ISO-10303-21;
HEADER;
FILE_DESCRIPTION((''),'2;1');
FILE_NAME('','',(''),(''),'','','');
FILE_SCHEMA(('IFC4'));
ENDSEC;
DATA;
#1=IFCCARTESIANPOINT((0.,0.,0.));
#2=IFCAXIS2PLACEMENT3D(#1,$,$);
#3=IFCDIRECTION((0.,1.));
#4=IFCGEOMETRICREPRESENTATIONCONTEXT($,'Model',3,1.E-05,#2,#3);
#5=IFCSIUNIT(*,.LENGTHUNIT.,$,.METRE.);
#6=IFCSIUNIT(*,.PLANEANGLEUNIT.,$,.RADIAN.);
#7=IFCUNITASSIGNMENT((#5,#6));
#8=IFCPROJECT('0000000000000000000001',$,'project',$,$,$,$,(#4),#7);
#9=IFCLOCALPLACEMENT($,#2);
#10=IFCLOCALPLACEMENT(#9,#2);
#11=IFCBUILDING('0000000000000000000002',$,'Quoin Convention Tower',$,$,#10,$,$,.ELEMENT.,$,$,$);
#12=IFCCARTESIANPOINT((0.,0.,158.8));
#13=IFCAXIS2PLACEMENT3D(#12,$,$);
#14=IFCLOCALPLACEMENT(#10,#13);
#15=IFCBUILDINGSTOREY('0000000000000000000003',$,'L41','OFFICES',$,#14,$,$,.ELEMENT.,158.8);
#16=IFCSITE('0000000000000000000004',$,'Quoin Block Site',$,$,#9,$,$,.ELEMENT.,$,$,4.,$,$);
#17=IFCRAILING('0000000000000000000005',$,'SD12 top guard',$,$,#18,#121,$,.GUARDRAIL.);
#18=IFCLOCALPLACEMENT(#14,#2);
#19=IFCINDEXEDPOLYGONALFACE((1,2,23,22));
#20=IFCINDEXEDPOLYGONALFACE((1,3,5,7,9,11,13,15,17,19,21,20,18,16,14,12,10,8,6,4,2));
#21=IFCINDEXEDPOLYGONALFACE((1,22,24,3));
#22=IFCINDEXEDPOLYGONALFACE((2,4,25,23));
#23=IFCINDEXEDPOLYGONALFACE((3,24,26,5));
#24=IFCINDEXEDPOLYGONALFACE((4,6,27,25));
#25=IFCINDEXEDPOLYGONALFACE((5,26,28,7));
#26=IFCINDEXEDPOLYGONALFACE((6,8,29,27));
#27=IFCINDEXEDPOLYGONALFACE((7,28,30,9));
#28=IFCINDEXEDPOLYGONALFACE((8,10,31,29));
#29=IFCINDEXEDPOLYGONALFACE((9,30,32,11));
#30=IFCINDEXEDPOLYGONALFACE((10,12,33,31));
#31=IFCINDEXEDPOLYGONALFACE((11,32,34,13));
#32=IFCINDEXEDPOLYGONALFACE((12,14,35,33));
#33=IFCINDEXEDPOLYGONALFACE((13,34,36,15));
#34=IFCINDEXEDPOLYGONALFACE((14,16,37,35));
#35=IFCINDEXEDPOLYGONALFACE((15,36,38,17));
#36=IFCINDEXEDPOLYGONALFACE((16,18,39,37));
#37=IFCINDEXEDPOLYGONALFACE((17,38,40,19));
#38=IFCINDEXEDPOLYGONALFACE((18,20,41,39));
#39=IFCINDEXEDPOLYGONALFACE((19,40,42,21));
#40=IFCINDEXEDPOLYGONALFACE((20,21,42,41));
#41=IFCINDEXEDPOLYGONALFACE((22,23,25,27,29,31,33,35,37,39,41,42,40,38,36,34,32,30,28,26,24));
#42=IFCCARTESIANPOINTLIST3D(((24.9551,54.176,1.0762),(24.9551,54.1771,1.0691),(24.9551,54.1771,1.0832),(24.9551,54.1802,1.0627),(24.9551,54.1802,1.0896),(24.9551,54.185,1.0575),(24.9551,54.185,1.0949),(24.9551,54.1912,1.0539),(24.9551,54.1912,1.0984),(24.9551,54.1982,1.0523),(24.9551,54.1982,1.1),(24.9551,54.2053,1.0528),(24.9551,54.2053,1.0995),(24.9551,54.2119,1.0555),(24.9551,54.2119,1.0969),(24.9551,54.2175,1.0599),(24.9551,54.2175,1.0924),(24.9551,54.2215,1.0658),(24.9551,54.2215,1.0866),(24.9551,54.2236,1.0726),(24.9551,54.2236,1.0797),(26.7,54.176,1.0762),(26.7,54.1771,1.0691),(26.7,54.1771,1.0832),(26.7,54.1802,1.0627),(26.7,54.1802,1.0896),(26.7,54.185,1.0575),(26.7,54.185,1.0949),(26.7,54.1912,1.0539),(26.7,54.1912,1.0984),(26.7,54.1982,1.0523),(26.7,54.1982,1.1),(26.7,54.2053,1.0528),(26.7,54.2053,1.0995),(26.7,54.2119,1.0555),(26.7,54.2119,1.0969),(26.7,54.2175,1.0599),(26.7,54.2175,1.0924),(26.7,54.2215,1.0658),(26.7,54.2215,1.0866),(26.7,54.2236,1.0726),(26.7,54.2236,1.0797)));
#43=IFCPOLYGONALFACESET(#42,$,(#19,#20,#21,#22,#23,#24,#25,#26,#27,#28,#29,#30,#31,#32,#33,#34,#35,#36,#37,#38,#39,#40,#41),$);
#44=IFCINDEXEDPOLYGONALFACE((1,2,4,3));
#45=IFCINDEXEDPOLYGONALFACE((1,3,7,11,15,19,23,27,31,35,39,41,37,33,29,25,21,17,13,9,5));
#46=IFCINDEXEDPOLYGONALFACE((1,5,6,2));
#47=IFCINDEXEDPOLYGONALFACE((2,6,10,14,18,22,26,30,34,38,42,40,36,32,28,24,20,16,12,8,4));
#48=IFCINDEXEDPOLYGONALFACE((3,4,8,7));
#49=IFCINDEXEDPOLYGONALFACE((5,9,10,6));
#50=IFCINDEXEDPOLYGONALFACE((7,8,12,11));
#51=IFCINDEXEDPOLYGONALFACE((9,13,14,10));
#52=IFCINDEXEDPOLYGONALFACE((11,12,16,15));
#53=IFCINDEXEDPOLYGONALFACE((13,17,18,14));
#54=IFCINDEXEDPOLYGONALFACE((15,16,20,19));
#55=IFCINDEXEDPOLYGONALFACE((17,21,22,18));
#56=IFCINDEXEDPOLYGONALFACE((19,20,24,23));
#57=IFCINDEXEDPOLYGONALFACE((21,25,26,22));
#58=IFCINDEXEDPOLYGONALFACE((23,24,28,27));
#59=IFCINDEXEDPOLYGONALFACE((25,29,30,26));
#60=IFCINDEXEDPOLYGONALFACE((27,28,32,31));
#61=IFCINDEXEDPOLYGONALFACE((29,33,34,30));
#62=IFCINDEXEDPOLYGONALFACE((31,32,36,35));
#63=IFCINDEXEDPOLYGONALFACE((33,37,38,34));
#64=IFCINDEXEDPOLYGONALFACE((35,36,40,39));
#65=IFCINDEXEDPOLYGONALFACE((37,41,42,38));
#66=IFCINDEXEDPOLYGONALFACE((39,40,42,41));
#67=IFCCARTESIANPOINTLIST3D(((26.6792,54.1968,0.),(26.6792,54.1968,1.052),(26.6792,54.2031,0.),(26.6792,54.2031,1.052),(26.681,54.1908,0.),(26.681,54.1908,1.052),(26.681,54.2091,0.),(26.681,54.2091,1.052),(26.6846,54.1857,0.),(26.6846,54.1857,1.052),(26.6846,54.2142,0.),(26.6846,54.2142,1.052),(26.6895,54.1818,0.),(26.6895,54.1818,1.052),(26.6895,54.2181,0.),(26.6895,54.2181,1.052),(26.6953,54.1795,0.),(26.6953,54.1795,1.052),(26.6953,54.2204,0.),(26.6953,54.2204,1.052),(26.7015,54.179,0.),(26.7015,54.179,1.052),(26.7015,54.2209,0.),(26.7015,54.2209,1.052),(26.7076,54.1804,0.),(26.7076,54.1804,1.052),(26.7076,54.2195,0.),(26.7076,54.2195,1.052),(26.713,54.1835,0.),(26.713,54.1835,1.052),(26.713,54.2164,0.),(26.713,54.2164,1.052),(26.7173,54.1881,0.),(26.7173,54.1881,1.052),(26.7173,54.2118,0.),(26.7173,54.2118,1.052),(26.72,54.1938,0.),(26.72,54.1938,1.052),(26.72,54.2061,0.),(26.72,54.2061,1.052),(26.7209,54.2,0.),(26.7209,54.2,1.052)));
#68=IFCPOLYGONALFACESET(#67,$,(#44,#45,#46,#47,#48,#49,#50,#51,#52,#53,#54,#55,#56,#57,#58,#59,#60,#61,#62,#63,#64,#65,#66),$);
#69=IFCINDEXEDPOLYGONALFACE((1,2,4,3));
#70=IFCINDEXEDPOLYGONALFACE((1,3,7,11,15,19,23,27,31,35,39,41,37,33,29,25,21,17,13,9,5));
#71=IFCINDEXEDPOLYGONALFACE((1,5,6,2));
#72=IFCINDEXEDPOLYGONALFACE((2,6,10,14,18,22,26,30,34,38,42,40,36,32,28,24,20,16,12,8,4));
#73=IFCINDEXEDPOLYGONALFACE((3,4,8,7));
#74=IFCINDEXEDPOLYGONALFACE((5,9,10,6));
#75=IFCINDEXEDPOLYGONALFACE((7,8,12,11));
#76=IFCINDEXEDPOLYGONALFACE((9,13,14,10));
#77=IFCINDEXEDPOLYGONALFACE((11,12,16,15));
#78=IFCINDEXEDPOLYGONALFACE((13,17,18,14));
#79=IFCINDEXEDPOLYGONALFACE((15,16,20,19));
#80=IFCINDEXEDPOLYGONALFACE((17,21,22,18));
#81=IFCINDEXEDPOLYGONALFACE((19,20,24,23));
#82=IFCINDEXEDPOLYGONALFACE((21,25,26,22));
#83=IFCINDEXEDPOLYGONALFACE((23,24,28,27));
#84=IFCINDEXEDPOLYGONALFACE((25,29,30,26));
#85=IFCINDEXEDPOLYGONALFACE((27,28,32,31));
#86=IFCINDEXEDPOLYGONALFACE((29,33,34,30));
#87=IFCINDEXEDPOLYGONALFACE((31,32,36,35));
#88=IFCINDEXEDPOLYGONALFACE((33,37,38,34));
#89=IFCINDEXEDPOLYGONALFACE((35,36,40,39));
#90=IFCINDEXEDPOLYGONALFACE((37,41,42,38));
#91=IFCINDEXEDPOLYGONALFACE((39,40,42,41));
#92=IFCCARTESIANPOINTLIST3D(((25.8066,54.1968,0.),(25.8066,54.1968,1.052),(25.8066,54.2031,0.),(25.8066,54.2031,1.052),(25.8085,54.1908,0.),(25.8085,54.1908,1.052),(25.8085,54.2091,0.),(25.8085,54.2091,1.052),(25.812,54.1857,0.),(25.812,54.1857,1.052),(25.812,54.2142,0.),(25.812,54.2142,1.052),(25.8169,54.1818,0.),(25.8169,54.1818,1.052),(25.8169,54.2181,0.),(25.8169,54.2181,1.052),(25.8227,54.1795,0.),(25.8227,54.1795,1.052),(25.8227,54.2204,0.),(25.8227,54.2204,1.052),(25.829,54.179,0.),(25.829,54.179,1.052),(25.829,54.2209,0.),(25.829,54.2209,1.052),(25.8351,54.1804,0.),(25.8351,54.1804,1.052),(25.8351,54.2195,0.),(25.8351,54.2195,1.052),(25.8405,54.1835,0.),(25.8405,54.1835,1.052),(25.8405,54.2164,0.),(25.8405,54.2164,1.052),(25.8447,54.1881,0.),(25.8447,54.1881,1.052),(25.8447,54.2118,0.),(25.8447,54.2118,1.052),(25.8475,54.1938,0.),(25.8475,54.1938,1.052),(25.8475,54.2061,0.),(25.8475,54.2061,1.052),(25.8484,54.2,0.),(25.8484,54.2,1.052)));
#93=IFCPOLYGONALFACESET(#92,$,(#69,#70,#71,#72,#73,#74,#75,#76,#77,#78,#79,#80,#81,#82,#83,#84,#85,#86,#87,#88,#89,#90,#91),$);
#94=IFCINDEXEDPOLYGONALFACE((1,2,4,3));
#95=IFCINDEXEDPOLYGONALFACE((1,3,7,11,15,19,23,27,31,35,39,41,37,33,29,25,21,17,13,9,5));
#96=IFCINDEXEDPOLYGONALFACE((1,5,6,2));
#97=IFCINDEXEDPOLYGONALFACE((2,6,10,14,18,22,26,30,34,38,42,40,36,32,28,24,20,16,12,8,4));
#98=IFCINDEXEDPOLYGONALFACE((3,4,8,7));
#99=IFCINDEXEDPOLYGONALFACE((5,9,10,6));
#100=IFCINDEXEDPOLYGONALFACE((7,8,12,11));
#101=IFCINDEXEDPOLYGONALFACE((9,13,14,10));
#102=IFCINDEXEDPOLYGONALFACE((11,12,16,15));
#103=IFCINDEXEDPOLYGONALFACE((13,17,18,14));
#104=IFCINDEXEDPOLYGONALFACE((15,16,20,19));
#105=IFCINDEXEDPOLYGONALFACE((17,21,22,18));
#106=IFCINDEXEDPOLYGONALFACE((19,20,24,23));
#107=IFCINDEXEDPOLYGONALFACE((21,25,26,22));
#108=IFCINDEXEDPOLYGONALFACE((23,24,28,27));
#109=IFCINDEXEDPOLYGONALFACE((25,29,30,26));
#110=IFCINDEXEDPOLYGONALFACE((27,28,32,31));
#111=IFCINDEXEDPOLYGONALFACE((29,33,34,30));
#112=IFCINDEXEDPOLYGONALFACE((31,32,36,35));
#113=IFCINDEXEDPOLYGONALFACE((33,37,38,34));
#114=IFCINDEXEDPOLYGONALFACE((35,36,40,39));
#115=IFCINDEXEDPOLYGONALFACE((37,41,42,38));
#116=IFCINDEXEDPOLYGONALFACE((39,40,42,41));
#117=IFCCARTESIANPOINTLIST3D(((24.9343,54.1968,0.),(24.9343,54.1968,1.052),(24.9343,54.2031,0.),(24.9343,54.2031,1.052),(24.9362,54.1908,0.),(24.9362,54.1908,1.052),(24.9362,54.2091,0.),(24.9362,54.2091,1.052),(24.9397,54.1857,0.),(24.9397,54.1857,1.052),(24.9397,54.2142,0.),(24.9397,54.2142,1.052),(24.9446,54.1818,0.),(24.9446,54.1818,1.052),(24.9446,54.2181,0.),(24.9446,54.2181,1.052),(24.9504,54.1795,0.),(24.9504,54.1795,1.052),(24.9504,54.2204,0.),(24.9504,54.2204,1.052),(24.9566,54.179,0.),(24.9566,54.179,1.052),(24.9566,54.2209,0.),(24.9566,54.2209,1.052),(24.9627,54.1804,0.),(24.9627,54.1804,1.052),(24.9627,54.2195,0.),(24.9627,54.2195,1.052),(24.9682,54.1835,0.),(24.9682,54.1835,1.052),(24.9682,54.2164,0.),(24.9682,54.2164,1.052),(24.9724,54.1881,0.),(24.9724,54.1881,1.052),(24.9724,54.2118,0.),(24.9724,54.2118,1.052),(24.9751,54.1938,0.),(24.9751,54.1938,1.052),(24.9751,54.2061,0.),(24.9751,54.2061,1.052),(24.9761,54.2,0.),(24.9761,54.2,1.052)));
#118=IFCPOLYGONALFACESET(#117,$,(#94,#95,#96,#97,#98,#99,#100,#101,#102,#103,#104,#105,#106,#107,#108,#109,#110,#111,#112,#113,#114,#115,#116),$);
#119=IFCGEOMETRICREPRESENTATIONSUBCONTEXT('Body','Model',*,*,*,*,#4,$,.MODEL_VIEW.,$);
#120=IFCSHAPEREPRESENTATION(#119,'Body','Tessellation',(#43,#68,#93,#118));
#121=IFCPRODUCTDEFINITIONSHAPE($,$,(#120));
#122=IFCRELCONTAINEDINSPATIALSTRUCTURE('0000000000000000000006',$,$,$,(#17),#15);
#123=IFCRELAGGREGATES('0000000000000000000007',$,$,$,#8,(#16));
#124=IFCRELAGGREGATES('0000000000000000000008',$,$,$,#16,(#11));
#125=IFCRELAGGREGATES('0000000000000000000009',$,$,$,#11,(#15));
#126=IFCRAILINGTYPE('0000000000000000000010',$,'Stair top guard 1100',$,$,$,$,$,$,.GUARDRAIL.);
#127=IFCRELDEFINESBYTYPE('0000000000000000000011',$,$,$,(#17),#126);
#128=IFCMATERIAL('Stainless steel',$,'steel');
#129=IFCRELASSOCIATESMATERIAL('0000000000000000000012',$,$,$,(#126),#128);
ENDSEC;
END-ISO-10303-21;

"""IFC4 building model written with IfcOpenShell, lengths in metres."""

from ifc_helpers import new_model, si_unit, direction, frame, origin, origin_2d, place, context, subcontext, project, spatial, circle, extrude, material, type_object, element, save


model = new_model("IFC4")

# Units and contexts
model_context = context("Model", 3, precision=1e-05, world=origin(), true_north=direction((0.0, 1.0)))
body_context = subcontext(model_context, "Body", "Model", "MODEL_VIEW")
ifc_project = project(units=[si_unit("LENGTHUNIT", "METRE"), si_unit("PLANEANGLEUNIT", "RADIAN")], contexts=[model_context])

# Site, building, storey
site_placement = place(None, origin())
site = spatial("IfcSite", under=ifc_project, at=site_placement, Name="Quoin Block Site", CompositionType="ELEMENT", RefElevation=4.0)
building_placement = place(site_placement, origin())
building = spatial("IfcBuilding", under=site, at=building_placement, Name="Quoin Convention Tower", CompositionType="ELEMENT")
storey_placement = place(building_placement, frame((0.0, 0.0, 158.8)))
storey = spatial("IfcBuildingStorey", under=building, at=storey_placement, Name="L41", Description="OFFICES", CompositionType="ELEMENT", Elevation=158.8)

# Railing
ifc_material_1 = material(Name="Stainless steel", Category="steel")
railing_type_1 = type_object("IfcRailingType", Name="Stair top guard 1100", PredefinedType="GUARDRAIL", material=ifc_material_1)
railing_1_placement = place(storey_placement, frame((26.7, 54.2, 0.0)))
element("IfcRailing", 1, at=railing_1_placement, inside=storey, type_object=railing_type_1, Name="SD12 top guard", PredefinedType="GUARDRAIL", context=body_context, shape_type="SweptSolid", body=[
    extrude(circle(Radius=0.0239, at=origin_2d()), frame((0.0, 0.0, 1.0762), z_axis=(-1.0, 0.0, 0.0), x_axis=(0.0, -1.0, 0.0)), (0.0, 0.0, 1.0), 1.7449),
    extrude(circle(Radius=0.021, at=origin_2d()), origin(), (0.0, 0.0, 1.0), 1.052),
    extrude(circle(Radius=0.021, at=origin_2d()), frame((-0.8726, 0.0, 0.0)), (0.0, 0.0, 1.0), 1.052),
    extrude(circle(Radius=0.021, at=origin_2d()), frame((-1.7449, 0.0, 0.0)), (0.0, 0.0, 1.0), 1.052),
])

save(model, "model.ifc")
